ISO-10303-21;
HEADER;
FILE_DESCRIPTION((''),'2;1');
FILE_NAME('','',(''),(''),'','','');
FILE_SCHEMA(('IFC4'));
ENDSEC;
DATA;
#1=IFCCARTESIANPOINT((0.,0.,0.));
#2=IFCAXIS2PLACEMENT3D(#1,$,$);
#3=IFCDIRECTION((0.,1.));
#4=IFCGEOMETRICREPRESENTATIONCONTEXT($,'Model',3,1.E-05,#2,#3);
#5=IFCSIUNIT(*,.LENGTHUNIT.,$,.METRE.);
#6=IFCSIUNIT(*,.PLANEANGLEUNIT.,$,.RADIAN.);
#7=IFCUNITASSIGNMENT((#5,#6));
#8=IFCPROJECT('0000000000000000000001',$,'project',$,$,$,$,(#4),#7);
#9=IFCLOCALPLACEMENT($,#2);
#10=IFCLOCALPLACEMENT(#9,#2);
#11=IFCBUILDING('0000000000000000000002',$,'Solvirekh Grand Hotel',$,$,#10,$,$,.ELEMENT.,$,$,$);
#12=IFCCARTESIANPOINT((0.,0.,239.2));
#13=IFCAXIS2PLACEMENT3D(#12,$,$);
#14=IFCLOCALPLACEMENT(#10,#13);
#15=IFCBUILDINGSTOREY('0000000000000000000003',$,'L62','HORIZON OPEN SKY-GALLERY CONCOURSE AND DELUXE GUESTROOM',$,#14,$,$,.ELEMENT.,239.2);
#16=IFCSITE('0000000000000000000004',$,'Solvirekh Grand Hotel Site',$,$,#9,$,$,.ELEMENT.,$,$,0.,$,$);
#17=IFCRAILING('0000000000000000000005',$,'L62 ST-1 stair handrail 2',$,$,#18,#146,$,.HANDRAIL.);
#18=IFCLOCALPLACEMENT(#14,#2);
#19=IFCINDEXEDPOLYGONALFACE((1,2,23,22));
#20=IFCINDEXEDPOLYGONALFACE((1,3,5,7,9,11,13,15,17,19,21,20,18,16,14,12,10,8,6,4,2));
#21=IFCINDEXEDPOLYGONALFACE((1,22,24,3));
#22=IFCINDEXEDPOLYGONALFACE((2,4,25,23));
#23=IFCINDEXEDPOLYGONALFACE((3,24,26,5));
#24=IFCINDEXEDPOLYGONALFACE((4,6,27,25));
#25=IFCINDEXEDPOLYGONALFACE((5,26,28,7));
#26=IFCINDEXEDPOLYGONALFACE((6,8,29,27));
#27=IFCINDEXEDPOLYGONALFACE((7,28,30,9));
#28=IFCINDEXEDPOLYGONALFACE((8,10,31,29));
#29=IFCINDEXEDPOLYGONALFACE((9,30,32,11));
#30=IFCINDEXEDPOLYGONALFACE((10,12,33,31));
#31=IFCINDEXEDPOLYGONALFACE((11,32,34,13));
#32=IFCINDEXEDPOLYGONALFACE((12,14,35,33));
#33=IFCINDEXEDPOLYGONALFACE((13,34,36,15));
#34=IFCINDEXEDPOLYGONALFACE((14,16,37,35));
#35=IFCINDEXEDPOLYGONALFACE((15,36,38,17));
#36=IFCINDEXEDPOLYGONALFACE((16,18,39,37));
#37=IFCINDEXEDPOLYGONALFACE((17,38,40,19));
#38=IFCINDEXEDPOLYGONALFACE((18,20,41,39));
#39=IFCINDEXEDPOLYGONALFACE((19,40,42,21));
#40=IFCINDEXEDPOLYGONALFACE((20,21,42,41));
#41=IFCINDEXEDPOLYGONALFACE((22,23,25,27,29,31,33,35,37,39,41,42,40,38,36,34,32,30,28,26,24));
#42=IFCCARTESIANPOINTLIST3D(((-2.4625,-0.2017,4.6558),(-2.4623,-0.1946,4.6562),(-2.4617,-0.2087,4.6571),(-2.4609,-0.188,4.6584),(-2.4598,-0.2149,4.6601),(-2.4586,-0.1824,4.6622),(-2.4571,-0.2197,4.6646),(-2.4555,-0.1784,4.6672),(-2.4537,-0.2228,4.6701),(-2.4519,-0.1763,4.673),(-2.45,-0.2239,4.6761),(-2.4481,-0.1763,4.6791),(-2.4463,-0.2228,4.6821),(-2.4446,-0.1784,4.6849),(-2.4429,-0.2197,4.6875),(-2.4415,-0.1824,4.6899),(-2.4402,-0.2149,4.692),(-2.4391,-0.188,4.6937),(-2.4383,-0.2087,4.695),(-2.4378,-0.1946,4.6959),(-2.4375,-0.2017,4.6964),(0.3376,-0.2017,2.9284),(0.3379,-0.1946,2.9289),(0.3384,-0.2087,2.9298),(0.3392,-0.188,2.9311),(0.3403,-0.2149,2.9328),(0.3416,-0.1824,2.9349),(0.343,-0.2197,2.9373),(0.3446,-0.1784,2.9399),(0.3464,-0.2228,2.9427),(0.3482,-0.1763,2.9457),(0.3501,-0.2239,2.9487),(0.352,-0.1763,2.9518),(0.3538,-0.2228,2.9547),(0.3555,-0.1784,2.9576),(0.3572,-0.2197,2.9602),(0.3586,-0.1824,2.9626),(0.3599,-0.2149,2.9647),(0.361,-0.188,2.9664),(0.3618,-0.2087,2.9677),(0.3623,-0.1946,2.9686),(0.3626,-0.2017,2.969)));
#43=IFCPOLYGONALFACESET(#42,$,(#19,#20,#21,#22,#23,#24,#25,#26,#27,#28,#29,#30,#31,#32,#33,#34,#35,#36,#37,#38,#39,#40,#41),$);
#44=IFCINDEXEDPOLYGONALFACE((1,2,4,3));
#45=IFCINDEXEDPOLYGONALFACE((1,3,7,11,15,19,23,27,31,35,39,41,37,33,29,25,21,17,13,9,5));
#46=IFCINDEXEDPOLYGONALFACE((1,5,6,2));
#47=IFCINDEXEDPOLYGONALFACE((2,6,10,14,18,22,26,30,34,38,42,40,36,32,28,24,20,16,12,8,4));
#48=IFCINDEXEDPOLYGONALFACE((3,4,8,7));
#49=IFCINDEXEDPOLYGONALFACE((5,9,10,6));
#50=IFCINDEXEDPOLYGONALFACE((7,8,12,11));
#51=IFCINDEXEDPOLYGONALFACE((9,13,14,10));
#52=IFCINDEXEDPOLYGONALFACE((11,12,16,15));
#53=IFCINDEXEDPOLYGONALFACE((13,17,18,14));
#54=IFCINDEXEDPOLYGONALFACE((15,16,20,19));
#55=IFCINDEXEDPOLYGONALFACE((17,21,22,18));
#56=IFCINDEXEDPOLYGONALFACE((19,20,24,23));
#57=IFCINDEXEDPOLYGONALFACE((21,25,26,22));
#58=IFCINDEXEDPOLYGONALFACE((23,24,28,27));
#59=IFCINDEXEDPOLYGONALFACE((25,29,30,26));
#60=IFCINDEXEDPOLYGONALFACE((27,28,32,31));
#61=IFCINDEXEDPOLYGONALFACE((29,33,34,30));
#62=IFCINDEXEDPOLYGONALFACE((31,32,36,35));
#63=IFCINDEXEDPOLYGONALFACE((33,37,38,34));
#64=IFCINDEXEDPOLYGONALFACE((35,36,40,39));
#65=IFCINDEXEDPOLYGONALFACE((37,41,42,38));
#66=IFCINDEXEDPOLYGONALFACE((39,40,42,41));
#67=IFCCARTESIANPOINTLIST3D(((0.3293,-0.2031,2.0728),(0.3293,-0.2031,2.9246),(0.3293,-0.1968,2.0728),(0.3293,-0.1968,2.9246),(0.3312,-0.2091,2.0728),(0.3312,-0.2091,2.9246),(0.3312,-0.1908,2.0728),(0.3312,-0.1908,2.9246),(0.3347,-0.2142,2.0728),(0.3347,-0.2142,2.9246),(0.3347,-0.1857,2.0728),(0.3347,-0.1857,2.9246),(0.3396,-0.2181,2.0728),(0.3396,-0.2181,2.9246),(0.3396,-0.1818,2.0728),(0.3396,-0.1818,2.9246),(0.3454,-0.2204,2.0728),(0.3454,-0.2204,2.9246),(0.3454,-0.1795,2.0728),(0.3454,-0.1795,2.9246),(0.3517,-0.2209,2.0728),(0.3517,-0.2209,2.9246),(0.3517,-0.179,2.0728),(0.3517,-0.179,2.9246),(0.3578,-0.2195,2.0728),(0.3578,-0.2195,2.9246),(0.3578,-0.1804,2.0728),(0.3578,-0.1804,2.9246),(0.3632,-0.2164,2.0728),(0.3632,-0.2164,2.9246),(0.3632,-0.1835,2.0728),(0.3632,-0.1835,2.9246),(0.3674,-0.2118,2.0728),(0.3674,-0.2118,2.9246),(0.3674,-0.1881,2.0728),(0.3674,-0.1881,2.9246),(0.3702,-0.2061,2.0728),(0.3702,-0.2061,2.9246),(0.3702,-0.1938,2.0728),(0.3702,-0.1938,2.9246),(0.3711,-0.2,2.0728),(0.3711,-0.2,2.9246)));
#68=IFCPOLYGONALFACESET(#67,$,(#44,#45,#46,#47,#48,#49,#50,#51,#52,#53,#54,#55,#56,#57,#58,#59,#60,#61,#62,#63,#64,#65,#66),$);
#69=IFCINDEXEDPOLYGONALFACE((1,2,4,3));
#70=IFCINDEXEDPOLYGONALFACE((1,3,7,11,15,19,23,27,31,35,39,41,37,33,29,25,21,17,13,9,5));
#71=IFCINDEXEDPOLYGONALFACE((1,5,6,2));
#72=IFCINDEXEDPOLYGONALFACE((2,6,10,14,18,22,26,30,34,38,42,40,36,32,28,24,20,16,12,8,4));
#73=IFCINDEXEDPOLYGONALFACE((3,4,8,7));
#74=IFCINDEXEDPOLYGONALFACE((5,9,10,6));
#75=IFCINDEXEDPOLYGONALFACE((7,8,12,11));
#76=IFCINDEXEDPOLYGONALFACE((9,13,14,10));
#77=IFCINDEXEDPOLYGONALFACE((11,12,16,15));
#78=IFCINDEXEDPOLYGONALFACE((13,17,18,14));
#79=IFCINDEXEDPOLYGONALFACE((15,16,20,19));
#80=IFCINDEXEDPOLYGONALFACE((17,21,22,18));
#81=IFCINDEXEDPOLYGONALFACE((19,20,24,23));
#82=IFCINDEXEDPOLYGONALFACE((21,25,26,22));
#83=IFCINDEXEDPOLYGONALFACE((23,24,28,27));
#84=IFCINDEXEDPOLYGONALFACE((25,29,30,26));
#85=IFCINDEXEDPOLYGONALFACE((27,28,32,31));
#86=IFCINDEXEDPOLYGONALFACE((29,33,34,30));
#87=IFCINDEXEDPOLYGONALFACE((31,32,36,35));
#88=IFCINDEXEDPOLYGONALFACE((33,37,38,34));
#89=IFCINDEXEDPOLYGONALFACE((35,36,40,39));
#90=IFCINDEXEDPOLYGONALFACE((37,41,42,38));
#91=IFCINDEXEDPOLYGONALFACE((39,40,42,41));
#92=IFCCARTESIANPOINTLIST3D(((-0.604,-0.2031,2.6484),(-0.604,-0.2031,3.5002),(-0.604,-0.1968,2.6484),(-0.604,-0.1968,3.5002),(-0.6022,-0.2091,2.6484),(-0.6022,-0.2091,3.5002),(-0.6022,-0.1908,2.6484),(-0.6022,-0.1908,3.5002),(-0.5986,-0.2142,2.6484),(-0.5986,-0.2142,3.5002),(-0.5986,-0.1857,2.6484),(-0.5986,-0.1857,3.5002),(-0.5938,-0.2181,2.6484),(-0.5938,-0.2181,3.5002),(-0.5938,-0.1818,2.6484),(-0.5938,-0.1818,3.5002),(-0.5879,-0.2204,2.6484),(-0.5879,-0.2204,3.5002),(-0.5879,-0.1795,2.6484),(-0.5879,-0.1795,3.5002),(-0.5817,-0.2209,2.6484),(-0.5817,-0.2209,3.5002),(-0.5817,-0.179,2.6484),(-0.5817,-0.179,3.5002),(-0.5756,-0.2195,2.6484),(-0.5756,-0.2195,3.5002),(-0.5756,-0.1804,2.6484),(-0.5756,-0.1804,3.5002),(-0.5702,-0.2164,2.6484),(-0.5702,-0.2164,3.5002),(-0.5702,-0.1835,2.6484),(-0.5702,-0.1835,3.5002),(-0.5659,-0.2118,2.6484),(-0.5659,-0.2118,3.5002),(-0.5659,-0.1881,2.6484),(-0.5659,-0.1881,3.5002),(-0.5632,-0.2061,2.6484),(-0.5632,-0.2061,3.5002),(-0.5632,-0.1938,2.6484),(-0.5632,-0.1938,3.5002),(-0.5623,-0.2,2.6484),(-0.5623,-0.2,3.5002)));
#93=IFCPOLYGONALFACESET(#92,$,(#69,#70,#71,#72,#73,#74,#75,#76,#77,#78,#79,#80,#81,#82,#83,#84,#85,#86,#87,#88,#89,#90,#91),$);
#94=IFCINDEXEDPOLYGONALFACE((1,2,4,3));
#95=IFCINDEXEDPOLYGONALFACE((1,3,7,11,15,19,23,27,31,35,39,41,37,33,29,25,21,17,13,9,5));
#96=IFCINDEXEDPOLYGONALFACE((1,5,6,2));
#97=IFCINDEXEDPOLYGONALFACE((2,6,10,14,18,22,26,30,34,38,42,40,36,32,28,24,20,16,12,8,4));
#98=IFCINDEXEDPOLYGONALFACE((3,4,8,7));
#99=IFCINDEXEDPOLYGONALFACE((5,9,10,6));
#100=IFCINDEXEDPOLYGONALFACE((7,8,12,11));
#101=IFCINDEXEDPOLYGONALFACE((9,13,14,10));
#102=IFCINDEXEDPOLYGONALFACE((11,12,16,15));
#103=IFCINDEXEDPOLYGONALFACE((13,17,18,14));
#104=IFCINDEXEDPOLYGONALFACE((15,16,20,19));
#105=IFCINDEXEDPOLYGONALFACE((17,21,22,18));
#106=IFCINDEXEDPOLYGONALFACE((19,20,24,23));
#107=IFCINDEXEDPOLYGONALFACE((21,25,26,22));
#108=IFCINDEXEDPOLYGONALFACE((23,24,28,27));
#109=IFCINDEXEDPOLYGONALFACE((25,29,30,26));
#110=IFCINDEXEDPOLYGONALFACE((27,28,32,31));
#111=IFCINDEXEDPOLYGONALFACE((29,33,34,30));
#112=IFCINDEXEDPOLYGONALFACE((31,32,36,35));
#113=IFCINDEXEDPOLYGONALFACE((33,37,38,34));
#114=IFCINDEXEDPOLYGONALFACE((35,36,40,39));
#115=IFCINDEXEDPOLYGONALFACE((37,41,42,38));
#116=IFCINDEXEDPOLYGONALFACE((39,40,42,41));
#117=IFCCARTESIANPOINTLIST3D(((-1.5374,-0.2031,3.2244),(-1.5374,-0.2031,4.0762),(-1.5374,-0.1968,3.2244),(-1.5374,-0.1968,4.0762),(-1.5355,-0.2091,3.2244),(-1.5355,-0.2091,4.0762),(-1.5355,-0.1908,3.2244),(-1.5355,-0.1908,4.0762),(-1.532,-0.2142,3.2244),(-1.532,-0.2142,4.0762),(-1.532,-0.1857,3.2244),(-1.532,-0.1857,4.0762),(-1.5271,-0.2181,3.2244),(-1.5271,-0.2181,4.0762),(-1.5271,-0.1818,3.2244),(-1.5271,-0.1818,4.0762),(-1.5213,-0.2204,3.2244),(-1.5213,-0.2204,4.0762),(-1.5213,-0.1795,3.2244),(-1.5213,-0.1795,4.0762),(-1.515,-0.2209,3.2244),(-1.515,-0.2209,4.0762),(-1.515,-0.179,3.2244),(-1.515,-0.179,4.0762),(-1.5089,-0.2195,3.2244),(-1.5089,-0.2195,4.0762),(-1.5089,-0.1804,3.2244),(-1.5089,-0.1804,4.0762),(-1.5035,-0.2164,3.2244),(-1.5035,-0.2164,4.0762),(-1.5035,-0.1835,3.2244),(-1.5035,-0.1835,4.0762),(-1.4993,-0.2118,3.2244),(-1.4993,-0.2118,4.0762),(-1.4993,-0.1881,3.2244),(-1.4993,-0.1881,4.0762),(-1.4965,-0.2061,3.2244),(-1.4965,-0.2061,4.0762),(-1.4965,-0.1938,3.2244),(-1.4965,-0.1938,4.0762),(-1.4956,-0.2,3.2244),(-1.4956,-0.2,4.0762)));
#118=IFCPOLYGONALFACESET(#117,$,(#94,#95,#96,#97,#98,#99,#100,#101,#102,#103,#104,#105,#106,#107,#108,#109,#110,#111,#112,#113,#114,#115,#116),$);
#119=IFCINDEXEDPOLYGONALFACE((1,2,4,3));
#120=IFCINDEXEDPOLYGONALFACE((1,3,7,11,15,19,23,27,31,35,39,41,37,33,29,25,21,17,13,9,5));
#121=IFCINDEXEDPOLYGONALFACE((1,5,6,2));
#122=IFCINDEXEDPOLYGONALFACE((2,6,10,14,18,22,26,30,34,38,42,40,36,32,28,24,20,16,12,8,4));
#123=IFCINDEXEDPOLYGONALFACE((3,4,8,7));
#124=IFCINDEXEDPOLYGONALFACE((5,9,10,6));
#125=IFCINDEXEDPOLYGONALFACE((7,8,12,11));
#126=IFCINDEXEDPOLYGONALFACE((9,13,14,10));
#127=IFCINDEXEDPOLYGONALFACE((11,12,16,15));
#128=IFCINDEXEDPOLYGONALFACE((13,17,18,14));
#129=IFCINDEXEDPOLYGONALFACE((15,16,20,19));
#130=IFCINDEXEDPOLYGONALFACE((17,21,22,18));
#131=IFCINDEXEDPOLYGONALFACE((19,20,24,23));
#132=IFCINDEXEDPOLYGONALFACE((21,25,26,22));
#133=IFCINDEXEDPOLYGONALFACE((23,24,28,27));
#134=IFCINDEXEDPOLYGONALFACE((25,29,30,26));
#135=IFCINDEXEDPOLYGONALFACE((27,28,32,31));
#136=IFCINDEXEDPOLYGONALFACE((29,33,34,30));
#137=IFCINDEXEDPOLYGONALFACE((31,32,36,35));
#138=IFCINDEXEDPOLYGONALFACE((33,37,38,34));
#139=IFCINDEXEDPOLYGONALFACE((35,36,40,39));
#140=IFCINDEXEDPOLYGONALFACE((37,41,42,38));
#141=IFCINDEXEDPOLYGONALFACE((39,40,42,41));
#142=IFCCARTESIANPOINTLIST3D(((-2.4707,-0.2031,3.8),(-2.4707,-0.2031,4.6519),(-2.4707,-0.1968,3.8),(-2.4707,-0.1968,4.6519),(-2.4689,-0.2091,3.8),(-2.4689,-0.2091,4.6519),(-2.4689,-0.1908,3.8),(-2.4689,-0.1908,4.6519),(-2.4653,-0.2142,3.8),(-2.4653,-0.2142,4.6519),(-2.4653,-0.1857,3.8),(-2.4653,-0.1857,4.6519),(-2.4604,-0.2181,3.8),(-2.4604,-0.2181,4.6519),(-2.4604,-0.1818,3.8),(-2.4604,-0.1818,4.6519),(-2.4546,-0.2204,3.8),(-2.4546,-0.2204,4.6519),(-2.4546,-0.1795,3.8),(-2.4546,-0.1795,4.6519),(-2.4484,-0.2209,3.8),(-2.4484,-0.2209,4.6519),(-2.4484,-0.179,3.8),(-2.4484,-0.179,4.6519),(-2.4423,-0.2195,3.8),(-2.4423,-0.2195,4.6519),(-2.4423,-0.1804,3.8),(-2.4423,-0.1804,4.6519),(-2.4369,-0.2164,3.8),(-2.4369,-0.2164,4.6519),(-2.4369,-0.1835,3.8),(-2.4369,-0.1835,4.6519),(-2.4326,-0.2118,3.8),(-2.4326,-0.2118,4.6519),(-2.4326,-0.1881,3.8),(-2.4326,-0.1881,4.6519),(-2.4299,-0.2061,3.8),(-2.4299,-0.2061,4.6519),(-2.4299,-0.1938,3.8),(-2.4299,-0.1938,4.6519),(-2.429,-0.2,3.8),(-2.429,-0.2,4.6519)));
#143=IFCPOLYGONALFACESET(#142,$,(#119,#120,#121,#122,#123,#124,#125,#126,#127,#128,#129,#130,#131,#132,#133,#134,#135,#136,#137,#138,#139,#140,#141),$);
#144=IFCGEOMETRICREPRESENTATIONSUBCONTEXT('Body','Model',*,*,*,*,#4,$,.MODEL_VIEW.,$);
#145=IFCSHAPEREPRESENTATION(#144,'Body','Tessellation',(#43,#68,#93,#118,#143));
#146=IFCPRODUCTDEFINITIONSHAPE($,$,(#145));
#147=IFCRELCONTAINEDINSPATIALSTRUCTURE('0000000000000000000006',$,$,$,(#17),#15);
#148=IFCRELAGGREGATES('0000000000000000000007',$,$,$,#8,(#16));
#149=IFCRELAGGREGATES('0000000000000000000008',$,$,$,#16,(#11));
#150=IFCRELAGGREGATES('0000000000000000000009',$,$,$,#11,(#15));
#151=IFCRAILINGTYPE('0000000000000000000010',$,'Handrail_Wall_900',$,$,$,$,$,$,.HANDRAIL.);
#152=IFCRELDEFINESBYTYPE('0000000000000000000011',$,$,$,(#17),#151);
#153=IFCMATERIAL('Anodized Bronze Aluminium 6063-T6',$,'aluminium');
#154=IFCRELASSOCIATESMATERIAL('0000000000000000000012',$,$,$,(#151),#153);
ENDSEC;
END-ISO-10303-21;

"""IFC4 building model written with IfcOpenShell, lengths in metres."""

from ifc_helpers import new_model, si_unit, direction, frame, origin, origin_2d, place, context, subcontext, project, spatial, circle, extrude, material, type_object, element, save


model = new_model("IFC4")

# Units and contexts
model_context = context("Model", 3, precision=1e-05, world=origin(), true_north=direction((0.0, 1.0)))
body_context = subcontext(model_context, "Body", "Model", "MODEL_VIEW")
ifc_project = project(units=[si_unit("LENGTHUNIT", "METRE"), si_unit("PLANEANGLEUNIT", "RADIAN")], contexts=[model_context])

# Site, building, storey
site_placement = place(None, origin())
site = spatial("IfcSite", under=ifc_project, at=site_placement, Name="Solvirekh Grand Hotel Site", CompositionType="ELEMENT", RefElevation=0.0)
building_placement = place(site_placement, origin())
building = spatial("IfcBuilding", under=site, at=building_placement, Name="Solvirekh Grand Hotel", CompositionType="ELEMENT")
storey_placement = place(building_placement, frame((0.0, 0.0, 239.2)))
storey = spatial("IfcBuildingStorey", under=building, at=storey_placement, Name="L62", Description="HORIZON OPEN SKY-GALLERY CONCOURSE AND DELUXE GUESTROOM", CompositionType="ELEMENT", Elevation=239.2)

# Shared definitions
ifc_material_1 = material(Name="Anodized Bronze Aluminium 6063-T6", Category="aluminium")

# Railing
railing_type_1 = type_object("IfcRailingType", Name="Handrail_Wall_900", PredefinedType="HANDRAIL", material=ifc_material_1)
railing_1_placement = place(storey_placement, frame((0.3501, -0.2, 2.0728)))
element("IfcRailing", 1, at=railing_1_placement, inside=storey, type_object=railing_type_1, Name="L62 ST-1 stair handrail 2", PredefinedType="HANDRAIL", context=body_context, shape_type="SweptSolid", body=[
    extrude(circle(Radius=0.0239, at=origin_2d()), frame((0.0, 0.0, 0.876), z_axis=(-0.85109, 0.0, 0.52502), x_axis=(0.0, -1.0, 0.0)), (0.0, 0.0, 1.0), 3.29),
    extrude(circle(Radius=0.021, at=origin_2d()), origin(), (0.0, 0.0, 1.0), 0.8518),
    extrude(circle(Radius=0.021, at=origin_2d()), frame((-0.9333, 0.0, 0.5757)), (0.0, 0.0, 1.0), 0.8518),
    extrude(circle(Radius=0.021, at=origin_2d()), frame((-1.8667, 0.0, 1.1516)), (0.0, 0.0, 1.0), 0.8518),
    extrude(circle(Radius=0.021, at=origin_2d()), frame((-2.8, 0.0, 1.7273)), (0.0, 0.0, 1.0), 0.8518),
])

save(model, "model.ifc")
